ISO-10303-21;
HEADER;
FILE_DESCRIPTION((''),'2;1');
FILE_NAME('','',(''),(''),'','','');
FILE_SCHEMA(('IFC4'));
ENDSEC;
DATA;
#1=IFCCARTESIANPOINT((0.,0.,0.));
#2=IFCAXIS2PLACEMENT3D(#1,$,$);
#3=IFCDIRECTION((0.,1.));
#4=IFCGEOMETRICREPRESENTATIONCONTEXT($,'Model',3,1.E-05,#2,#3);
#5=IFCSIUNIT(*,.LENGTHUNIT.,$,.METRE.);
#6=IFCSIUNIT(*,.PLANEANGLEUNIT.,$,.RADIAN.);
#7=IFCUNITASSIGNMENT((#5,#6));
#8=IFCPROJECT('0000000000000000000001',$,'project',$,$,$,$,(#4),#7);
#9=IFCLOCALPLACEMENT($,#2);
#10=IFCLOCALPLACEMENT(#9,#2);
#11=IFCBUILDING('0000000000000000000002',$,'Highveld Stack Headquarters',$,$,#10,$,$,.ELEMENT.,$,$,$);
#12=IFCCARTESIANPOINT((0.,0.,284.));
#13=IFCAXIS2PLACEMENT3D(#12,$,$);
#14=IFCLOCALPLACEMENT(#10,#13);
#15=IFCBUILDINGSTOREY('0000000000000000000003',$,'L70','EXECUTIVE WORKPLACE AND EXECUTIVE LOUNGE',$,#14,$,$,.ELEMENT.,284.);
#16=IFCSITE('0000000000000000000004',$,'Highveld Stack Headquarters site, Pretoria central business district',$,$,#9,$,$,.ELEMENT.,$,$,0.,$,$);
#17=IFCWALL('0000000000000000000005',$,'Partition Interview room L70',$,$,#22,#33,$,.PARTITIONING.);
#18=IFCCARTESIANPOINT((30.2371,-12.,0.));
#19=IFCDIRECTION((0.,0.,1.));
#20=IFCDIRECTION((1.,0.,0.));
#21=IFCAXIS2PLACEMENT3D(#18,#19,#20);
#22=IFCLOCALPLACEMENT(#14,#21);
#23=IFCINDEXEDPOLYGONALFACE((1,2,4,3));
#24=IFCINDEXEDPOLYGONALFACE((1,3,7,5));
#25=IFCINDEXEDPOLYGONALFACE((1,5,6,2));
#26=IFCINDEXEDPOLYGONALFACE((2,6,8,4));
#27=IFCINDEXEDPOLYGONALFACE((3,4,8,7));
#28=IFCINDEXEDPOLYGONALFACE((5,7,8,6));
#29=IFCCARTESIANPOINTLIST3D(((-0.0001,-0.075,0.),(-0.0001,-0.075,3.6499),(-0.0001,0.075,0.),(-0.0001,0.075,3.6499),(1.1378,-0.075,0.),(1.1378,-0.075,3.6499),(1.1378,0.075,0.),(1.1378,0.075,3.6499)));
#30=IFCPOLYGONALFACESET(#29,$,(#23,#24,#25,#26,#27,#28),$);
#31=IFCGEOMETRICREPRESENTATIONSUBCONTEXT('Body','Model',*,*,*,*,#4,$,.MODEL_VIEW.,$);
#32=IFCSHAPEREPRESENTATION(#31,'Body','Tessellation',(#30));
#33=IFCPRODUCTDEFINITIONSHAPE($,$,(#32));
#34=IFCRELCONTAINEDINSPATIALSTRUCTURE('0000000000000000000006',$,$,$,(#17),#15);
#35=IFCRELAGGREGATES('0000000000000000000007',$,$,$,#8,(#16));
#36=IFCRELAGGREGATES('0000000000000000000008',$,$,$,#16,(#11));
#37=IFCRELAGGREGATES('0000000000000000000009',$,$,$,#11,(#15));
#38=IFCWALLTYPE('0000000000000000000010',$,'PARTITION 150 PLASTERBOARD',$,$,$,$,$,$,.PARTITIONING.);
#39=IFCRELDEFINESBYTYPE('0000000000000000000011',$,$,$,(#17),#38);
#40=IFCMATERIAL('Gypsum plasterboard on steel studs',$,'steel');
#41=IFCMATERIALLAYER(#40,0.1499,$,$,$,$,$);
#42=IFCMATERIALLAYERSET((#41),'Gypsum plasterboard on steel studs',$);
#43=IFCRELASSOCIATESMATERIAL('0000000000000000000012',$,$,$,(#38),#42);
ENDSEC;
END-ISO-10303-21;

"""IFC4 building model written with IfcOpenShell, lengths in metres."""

from ifc_helpers import new_model, si_unit, direction, frame, frame_2d, origin, place, context, subcontext, project, spatial, rectangle, extrude, material, layer, layer_set, type_object, element, save


model = new_model("IFC4")

# Units and contexts
model_context = context("Model", 3, precision=1e-05, world=origin(), true_north=direction((0.0, 1.0)))
body_context = subcontext(model_context, "Body", "Model", "MODEL_VIEW")
ifc_project = project(units=[si_unit("LENGTHUNIT", "METRE"), si_unit("PLANEANGLEUNIT", "RADIAN")], contexts=[model_context])

# Site, building, storey
site_placement = place(None, origin())
site = spatial("IfcSite", under=ifc_project, at=site_placement, Name="Highveld Stack Headquarters site, Pretoria central business district", CompositionType="ELEMENT", RefElevation=0.0)
building_placement = place(site_placement, origin())
building = spatial("IfcBuilding", under=site, at=building_placement, Name="Highveld Stack Headquarters", CompositionType="ELEMENT")
storey_placement = place(building_placement, frame((0.0, 0.0, 284.0)))
storey = spatial("IfcBuildingStorey", under=building, at=storey_placement, Name="L70", Description="EXECUTIVE WORKPLACE AND EXECUTIVE LOUNGE", CompositionType="ELEMENT", Elevation=284.0)

# Wall
ifc_material_1 = material(Name="Gypsum plasterboard on steel studs", Category="steel")
ifc_layer_1 = layer(ifc_material_1, 0.1499)
ifc_layer_set_1 = layer_set([ifc_layer_1], Name="Gypsum plasterboard on steel studs")
wall_type = type_object("IfcWallType", Name="PARTITION 150 PLASTERBOARD", PredefinedType="PARTITIONING", material=ifc_layer_set_1)
wall_1_placement = place(storey_placement, frame((30.2371, -12.0, 0.0), z_axis=(0.0, 0.0, 1.0), x_axis=(1.0, 0.0, 0.0)))
element("IfcWall", 1, at=wall_1_placement, inside=storey, type_object=wall_type, Name="Partition Interview room L70", PredefinedType="PARTITIONING", context=body_context, shape_type="SweptSolid", body=[
    extrude(rectangle(XDim=1.1379, YDim=0.1499, at=frame_2d((0.5688, 0.0))), origin(), (0.0, 0.0, 1.0), 3.6499),
])

save(model, "model.ifc")
